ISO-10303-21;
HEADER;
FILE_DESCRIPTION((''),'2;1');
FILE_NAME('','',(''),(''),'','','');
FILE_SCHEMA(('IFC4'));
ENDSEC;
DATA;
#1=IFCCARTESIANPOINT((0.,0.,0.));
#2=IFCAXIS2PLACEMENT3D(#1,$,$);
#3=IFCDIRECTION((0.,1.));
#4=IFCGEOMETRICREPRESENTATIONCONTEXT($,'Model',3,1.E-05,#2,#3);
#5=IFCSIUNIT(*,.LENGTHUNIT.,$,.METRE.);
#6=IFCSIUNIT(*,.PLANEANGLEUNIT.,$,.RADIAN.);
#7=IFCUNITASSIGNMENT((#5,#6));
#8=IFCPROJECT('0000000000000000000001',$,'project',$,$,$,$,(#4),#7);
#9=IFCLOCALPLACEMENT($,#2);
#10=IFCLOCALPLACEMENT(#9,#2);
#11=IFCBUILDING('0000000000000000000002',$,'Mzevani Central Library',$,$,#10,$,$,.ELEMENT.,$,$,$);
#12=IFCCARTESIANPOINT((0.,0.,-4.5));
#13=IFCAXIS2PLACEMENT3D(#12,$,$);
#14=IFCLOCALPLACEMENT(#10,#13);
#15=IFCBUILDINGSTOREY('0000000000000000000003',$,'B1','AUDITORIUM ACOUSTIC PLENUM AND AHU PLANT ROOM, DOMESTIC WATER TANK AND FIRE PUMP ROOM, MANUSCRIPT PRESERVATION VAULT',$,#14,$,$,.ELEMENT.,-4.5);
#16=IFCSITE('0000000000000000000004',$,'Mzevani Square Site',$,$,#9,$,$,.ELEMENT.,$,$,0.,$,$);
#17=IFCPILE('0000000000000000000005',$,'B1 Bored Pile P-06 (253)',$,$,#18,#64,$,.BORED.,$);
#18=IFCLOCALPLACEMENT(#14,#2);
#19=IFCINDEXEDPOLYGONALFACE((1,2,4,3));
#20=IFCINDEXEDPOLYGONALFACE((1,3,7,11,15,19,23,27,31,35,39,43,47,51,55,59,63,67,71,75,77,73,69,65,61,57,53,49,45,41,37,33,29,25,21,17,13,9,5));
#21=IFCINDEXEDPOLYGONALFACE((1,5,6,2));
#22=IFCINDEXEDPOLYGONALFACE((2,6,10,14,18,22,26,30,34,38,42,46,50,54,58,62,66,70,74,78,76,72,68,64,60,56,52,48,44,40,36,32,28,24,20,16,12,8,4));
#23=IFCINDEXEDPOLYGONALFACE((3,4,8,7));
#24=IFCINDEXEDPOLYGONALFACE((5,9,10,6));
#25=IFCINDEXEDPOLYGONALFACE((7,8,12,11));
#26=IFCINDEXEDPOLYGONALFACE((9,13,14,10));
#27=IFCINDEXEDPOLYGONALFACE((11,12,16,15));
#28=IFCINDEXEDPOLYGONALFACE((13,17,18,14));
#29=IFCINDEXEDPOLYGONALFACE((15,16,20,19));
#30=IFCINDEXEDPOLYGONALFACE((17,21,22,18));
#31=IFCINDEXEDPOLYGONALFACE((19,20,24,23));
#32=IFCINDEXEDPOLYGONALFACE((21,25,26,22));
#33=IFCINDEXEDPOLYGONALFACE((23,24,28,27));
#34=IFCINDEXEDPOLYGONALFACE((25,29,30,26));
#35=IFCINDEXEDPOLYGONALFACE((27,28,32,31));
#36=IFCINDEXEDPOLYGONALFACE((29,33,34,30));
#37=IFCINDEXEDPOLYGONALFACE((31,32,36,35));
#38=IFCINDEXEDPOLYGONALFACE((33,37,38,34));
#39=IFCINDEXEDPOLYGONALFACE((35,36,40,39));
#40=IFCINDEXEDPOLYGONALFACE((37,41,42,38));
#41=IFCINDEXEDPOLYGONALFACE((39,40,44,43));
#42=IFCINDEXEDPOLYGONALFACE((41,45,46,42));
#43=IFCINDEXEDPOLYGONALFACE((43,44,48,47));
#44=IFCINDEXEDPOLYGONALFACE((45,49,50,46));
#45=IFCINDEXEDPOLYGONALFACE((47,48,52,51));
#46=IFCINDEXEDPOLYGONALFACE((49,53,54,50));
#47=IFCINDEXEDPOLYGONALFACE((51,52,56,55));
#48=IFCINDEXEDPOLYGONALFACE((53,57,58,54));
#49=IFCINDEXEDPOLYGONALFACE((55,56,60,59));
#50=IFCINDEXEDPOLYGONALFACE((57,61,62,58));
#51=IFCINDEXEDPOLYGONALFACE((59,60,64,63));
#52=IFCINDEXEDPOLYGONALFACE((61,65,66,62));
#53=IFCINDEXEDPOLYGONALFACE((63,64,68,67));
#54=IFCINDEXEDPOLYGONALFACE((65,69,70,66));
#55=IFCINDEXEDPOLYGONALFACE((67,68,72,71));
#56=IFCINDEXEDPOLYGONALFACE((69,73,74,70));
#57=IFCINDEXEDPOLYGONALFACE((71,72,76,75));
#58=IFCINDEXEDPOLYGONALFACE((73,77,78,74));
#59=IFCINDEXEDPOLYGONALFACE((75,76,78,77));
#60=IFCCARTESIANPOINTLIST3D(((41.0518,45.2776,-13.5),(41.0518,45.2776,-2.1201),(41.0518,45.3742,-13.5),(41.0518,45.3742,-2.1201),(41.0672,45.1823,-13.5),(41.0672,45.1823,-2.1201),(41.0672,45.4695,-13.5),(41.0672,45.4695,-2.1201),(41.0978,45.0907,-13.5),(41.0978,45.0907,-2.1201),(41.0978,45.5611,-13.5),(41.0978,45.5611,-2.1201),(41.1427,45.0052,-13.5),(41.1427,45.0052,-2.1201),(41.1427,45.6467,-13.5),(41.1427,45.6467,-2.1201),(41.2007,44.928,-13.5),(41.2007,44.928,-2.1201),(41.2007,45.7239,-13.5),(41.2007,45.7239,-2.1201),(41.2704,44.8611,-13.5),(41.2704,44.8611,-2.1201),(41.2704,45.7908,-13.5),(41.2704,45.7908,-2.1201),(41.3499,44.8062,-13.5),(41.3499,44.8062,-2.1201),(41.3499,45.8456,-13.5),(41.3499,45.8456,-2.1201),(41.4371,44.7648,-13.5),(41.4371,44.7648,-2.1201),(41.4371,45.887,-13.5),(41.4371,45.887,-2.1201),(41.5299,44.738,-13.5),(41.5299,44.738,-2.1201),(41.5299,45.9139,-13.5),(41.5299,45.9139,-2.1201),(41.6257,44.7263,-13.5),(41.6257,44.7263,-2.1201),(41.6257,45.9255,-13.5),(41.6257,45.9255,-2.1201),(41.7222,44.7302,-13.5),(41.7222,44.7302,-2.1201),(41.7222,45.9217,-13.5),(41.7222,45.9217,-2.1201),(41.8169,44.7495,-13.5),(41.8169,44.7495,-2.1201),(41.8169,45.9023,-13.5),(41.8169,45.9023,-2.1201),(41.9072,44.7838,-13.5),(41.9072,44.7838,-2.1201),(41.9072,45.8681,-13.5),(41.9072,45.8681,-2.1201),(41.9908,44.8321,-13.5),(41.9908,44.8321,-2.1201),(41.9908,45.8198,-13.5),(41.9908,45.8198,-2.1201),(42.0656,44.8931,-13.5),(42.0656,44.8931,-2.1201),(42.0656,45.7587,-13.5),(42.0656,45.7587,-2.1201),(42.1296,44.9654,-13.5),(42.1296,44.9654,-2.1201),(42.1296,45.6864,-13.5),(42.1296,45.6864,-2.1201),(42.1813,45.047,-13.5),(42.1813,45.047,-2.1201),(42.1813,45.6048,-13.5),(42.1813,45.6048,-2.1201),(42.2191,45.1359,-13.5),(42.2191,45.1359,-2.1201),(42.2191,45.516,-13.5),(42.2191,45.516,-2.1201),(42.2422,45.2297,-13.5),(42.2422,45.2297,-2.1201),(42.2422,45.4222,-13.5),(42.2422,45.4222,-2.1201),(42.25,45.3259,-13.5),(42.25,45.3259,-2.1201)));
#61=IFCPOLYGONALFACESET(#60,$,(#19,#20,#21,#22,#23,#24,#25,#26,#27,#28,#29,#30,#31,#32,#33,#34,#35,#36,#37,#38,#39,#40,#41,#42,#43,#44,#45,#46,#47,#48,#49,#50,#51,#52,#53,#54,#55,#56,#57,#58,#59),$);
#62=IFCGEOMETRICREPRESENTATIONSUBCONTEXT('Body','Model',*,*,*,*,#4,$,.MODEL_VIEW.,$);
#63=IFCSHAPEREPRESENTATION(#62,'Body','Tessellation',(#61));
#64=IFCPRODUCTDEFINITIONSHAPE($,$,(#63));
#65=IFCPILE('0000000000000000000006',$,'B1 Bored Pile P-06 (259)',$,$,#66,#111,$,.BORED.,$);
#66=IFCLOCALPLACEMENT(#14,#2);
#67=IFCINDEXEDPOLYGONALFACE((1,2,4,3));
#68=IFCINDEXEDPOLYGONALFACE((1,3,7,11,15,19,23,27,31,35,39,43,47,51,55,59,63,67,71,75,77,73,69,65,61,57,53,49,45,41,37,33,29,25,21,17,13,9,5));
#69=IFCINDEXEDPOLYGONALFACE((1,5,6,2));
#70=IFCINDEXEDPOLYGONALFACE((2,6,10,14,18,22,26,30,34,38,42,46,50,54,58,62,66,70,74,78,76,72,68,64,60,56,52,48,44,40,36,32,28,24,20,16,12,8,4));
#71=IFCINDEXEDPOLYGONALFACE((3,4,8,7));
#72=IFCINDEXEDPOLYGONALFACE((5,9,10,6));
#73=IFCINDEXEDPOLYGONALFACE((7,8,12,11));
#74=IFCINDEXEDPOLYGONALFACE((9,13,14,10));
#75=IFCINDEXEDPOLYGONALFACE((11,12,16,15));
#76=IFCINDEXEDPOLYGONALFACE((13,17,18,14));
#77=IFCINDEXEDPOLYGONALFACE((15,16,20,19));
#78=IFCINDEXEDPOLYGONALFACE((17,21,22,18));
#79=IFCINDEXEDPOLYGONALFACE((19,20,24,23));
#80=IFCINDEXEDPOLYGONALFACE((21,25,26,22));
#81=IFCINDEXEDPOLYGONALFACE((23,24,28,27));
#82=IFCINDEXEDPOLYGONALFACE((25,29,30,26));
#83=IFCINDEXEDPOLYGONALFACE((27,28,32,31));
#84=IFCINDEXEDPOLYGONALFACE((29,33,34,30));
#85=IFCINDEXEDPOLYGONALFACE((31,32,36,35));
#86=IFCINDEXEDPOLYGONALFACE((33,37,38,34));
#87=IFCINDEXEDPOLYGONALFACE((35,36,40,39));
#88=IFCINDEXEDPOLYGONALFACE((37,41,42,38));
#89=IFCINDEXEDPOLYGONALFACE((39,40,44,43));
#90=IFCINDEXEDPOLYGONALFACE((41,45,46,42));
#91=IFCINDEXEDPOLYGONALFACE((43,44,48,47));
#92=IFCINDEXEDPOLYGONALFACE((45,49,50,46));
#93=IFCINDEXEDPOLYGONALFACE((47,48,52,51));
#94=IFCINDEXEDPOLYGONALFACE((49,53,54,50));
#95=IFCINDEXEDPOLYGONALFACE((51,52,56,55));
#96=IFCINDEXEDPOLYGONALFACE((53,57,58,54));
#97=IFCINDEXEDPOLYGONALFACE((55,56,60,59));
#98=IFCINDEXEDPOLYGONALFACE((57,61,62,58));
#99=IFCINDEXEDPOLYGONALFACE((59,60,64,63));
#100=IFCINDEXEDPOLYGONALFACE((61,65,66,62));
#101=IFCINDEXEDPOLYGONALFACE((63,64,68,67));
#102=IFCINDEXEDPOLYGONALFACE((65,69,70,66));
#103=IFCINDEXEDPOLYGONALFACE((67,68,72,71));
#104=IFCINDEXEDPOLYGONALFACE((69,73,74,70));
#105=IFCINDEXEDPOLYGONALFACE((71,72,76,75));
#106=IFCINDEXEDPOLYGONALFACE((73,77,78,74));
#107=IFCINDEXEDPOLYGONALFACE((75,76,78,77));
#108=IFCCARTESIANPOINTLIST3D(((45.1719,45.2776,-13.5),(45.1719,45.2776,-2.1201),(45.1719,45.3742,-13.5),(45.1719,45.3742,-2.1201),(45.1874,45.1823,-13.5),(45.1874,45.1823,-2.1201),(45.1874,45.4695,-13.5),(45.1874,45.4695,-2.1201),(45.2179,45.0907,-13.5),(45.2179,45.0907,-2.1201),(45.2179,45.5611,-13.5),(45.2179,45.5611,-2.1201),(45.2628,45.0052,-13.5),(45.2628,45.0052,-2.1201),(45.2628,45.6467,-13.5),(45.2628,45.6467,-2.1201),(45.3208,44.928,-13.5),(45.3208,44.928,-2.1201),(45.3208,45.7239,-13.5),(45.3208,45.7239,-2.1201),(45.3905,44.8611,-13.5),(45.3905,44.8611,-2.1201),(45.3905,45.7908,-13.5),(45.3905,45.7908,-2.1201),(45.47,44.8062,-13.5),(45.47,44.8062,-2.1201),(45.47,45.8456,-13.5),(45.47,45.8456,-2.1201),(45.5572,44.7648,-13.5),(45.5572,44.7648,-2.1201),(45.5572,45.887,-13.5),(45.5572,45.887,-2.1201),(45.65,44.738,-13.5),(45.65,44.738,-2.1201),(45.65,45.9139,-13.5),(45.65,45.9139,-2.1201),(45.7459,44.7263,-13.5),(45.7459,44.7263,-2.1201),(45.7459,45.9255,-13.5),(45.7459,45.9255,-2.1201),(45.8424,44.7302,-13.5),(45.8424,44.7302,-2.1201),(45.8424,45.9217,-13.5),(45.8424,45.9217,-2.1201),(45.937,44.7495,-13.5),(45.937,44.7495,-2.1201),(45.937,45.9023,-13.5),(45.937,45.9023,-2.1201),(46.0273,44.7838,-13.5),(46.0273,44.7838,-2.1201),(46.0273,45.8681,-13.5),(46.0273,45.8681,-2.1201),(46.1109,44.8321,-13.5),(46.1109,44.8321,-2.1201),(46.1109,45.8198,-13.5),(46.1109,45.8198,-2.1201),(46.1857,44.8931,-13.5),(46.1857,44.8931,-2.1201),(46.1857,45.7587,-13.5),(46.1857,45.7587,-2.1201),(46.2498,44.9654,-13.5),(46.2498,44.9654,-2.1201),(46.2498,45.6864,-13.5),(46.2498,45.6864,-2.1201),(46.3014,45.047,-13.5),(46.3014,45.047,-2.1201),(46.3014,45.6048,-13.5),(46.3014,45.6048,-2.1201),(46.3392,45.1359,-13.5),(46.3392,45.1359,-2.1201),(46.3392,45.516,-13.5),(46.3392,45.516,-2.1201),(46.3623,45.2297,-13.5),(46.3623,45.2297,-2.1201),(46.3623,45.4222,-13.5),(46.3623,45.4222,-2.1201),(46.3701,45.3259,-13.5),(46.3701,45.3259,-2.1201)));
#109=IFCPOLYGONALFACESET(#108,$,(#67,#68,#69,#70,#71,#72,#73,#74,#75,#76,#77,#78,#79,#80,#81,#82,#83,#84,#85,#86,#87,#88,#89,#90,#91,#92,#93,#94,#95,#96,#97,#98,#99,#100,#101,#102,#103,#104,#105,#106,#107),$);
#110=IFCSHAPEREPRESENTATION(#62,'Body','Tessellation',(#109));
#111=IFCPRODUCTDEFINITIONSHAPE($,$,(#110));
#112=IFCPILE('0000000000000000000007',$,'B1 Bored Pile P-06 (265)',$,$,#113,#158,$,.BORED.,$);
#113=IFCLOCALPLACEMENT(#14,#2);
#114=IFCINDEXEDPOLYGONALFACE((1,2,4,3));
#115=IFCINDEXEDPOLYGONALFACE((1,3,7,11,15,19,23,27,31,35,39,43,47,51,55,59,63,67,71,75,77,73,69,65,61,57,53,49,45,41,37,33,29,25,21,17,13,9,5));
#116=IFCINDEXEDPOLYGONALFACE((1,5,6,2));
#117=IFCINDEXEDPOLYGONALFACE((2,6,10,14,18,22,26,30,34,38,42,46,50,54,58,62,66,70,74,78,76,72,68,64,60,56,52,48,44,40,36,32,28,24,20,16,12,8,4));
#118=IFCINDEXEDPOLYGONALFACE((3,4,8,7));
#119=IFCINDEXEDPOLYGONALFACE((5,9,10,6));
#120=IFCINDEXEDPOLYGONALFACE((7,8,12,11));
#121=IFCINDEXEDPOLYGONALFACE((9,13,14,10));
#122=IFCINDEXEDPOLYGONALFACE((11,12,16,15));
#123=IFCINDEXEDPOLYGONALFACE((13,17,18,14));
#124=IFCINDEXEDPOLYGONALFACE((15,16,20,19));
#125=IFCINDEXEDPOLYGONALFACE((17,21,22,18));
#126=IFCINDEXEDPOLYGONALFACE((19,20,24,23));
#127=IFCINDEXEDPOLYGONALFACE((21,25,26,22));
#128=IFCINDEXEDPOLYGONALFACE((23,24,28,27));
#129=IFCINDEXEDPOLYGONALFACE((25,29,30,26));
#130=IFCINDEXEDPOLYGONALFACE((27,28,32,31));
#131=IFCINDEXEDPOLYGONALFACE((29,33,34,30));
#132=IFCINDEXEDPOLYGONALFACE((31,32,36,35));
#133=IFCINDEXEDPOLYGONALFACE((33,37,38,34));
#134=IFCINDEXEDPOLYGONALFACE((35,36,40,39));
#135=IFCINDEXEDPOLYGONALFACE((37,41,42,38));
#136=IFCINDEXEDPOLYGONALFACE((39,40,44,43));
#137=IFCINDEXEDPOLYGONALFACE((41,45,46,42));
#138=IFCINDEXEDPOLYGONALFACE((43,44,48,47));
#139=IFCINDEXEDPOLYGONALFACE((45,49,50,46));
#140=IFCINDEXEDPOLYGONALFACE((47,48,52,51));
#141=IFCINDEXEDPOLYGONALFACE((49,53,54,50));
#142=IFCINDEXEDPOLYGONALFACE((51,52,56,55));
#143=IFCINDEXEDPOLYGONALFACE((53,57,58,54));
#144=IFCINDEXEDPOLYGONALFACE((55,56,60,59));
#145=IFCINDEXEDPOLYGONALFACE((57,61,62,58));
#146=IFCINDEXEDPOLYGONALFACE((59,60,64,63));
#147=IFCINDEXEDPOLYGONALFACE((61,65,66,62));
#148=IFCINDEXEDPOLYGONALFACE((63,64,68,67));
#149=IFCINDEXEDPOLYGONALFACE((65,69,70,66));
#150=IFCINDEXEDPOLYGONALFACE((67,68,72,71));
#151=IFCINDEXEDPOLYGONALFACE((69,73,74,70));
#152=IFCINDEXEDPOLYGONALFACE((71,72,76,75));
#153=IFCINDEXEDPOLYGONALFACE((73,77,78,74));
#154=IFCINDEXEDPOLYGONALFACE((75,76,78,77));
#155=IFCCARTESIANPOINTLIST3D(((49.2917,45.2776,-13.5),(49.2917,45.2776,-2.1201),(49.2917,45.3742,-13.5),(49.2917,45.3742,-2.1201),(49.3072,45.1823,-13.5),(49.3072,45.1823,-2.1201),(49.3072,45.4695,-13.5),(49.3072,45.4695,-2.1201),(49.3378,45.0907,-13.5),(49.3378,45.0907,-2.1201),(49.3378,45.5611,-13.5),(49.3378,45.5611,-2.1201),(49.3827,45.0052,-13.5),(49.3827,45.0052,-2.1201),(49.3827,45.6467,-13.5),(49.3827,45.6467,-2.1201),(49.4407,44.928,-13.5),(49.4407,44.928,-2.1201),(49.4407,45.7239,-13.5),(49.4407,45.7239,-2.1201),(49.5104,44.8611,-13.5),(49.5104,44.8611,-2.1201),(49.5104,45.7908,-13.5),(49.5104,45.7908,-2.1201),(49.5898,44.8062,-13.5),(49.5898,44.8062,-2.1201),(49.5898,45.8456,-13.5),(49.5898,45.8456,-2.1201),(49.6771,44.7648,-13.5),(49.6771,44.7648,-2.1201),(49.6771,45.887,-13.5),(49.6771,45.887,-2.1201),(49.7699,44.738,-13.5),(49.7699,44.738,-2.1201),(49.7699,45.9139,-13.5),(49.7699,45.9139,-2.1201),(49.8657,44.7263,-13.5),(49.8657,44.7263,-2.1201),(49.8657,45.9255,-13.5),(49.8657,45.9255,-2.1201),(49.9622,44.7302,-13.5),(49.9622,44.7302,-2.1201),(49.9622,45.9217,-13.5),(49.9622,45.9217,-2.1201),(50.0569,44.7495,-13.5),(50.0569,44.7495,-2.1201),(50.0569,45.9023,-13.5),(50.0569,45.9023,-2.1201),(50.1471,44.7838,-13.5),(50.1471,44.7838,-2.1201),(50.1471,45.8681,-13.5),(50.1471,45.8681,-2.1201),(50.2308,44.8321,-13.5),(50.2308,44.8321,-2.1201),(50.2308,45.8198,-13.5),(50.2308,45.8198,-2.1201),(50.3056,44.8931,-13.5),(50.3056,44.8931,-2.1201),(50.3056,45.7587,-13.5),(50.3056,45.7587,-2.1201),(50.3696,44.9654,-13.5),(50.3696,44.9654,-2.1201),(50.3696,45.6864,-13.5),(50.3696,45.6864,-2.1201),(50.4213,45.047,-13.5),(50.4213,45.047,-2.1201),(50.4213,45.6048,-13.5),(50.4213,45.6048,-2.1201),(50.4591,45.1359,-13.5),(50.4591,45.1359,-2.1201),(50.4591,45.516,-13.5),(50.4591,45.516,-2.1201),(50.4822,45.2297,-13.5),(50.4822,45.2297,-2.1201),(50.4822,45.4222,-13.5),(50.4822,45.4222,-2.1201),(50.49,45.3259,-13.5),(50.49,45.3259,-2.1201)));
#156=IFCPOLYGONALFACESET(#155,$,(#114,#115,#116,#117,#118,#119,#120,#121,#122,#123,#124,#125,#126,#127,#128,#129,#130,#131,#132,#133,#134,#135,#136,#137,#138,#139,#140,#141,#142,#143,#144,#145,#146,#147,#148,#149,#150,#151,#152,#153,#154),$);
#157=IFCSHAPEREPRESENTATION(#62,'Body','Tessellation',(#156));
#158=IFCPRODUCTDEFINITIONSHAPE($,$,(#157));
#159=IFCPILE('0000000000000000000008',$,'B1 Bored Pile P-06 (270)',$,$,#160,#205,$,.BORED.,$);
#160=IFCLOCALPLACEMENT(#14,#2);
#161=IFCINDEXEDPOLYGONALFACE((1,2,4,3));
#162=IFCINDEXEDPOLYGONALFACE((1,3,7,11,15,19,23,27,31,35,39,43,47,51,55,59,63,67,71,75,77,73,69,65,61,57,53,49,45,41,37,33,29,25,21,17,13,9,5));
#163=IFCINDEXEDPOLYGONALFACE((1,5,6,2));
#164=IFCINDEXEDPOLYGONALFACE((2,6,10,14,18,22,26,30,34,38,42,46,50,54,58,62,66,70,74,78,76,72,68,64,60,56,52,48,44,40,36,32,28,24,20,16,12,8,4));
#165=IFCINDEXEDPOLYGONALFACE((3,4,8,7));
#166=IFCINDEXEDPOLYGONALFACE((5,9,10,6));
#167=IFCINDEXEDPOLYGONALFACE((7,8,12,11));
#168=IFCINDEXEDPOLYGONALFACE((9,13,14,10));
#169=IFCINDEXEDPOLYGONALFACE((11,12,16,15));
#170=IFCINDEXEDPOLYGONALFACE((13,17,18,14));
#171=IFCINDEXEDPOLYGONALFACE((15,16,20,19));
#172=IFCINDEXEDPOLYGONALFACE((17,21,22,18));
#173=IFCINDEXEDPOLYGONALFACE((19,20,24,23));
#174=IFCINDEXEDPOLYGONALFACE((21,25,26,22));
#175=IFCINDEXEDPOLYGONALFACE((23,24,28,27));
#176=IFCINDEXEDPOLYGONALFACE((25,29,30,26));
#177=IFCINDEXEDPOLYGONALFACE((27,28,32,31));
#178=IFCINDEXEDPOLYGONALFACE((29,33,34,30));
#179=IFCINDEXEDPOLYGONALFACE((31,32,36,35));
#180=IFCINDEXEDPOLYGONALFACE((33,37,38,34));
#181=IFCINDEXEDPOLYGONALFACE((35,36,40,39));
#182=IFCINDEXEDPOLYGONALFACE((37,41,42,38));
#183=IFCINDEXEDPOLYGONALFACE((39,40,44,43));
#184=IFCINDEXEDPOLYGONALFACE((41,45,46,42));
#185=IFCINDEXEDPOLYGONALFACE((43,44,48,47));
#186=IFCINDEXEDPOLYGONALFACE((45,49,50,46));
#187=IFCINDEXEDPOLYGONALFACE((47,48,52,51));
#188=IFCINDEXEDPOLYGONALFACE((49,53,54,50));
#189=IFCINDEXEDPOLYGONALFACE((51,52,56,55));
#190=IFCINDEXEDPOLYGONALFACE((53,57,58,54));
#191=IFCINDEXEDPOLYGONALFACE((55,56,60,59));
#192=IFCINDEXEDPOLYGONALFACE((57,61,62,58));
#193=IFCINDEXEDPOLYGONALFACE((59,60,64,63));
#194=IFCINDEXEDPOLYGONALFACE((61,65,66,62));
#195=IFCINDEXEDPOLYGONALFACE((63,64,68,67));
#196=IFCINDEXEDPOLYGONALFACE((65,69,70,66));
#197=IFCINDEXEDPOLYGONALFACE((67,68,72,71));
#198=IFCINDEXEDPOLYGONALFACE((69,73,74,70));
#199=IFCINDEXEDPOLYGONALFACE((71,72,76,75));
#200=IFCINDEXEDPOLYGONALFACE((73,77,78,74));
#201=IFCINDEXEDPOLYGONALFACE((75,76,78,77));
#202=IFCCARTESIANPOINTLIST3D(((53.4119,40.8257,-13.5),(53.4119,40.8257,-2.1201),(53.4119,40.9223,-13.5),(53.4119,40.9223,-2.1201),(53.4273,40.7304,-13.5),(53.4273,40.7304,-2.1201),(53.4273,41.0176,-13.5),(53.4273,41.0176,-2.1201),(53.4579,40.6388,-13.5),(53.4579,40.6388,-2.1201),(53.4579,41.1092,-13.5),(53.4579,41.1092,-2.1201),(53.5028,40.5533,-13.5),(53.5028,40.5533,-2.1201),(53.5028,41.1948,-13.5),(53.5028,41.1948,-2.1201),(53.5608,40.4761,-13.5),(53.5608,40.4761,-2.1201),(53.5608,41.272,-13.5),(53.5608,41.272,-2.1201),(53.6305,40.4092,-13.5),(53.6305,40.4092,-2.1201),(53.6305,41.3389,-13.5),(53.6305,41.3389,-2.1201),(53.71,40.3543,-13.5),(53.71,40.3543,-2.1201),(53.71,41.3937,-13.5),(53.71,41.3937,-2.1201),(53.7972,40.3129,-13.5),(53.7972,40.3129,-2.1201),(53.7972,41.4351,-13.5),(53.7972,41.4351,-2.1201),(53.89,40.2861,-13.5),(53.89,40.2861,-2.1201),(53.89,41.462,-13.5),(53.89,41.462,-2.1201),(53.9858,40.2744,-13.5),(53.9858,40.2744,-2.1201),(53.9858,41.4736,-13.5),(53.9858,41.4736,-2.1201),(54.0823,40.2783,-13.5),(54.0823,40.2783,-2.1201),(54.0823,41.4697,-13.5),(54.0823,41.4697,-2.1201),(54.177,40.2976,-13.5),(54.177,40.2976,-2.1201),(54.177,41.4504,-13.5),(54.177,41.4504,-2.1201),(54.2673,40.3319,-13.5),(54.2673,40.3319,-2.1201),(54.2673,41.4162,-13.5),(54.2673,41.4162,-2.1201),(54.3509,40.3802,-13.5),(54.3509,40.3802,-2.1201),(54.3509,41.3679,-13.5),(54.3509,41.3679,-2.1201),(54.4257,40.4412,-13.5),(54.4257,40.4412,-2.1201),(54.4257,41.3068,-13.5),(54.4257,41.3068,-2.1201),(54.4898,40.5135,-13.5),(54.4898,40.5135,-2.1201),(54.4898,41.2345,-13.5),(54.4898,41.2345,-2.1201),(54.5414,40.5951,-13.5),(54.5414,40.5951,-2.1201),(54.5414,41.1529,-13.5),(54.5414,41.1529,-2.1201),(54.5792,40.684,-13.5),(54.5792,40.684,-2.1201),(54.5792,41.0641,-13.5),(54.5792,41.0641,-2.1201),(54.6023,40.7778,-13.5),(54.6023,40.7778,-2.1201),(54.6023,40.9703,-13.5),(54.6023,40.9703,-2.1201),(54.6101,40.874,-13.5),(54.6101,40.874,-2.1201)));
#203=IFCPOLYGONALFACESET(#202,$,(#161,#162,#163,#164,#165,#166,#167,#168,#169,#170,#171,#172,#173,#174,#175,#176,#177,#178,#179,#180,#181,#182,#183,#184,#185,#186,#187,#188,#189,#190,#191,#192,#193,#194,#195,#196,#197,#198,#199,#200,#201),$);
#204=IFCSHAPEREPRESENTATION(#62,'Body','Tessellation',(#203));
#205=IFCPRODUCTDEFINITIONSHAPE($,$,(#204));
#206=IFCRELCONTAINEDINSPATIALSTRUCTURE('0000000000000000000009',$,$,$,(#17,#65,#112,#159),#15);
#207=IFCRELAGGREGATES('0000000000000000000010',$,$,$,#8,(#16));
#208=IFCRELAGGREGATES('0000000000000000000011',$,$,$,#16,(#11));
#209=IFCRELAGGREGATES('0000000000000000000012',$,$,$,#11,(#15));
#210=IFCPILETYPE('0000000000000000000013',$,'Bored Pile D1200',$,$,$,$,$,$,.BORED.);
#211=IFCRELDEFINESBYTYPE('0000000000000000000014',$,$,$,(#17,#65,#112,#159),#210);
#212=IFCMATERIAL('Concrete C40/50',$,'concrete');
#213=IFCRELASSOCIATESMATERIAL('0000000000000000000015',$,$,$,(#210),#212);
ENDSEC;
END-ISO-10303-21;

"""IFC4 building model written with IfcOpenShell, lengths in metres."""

from ifc_helpers import new_model, si_unit, direction, frame, origin, origin_2d, place, context, subcontext, project, spatial, circle, extrude, material, material_profile, profile_set, type_object, element, save


model = new_model("IFC4")

# Units and contexts
model_context = context("Model", 3, precision=1e-05, world=origin(), true_north=direction((0.0, 1.0)))
body_context = subcontext(model_context, "Body", "Model", "MODEL_VIEW")
ifc_project = project(units=[si_unit("LENGTHUNIT", "METRE"), si_unit("PLANEANGLEUNIT", "RADIAN")], contexts=[model_context])

# Site, building, storey
site_placement = place(None, origin())
site = spatial("IfcSite", under=ifc_project, at=site_placement, Name="Mzevani Square Site", CompositionType="ELEMENT", RefElevation=0.0)
building_placement = place(site_placement, origin())
building = spatial("IfcBuilding", under=site, at=building_placement, Name="Mzevani Central Library", CompositionType="ELEMENT")
storey_placement = place(building_placement, frame((0.0, 0.0, -4.5)))
storey = spatial("IfcBuildingStorey", under=building, at=storey_placement, Name="B1", Description="AUDITORIUM ACOUSTIC PLENUM AND AHU PLANT ROOM, DOMESTIC WATER TANK AND FIRE PUMP ROOM, MANUSCRIPT PRESERVATION VAULT", CompositionType="ELEMENT", Elevation=-4.5)

# Piles
ifc_material_1 = material(Name="Concrete C40/50", Category="concrete")
ifc_material_profile_1 = material_profile(ifc_material_1, circle(Radius=0.6001, at=origin_2d()), Name="PILE D1200")
ifc_profile_set_1 = profile_set([ifc_material_profile_1], Name="Concrete C40/50")
pile_type = type_object("IfcPileType", Name="Bored Pile D1200", PredefinedType="BORED", material=ifc_profile_set_1)
for number, where, z_axis, x_axis, name in (
    (1, (41.6499, 45.3259, -2.1201), (0.0, 0.0, -1.0), (1.0, 0.0, 0.0), "B1 Bored Pile P-06 (253)"),
    (2, (45.77, 45.3259, -2.1201), (0.0, 0.0, -1.0), (1.0, 0.0, 0.0), "B1 Bored Pile P-06 (259)"),
    (3, (49.8899, 45.3259, -2.1201), (0.0, 0.0, -1.0), (1.0, 0.0, 0.0), "B1 Bored Pile P-06 (265)"),
    (4, (54.01, 40.874, -2.1201), (0.0, 0.0, -1.0), (1.0, 0.0, 0.0), "B1 Bored Pile P-06 (270)"),
):
    element("IfcPile", number, at=place(storey_placement, frame(where, z_axis=z_axis, x_axis=x_axis)), inside=storey, type_object=pile_type, Name=name, PredefinedType="BORED", context=body_context, shape_type="SweptSolid", body=[
        extrude(circle(Radius=0.6001, at=origin_2d()), origin(), (0.0, 0.0, 1.0), 11.3799),
    ])

save(model, "model.ifc")
